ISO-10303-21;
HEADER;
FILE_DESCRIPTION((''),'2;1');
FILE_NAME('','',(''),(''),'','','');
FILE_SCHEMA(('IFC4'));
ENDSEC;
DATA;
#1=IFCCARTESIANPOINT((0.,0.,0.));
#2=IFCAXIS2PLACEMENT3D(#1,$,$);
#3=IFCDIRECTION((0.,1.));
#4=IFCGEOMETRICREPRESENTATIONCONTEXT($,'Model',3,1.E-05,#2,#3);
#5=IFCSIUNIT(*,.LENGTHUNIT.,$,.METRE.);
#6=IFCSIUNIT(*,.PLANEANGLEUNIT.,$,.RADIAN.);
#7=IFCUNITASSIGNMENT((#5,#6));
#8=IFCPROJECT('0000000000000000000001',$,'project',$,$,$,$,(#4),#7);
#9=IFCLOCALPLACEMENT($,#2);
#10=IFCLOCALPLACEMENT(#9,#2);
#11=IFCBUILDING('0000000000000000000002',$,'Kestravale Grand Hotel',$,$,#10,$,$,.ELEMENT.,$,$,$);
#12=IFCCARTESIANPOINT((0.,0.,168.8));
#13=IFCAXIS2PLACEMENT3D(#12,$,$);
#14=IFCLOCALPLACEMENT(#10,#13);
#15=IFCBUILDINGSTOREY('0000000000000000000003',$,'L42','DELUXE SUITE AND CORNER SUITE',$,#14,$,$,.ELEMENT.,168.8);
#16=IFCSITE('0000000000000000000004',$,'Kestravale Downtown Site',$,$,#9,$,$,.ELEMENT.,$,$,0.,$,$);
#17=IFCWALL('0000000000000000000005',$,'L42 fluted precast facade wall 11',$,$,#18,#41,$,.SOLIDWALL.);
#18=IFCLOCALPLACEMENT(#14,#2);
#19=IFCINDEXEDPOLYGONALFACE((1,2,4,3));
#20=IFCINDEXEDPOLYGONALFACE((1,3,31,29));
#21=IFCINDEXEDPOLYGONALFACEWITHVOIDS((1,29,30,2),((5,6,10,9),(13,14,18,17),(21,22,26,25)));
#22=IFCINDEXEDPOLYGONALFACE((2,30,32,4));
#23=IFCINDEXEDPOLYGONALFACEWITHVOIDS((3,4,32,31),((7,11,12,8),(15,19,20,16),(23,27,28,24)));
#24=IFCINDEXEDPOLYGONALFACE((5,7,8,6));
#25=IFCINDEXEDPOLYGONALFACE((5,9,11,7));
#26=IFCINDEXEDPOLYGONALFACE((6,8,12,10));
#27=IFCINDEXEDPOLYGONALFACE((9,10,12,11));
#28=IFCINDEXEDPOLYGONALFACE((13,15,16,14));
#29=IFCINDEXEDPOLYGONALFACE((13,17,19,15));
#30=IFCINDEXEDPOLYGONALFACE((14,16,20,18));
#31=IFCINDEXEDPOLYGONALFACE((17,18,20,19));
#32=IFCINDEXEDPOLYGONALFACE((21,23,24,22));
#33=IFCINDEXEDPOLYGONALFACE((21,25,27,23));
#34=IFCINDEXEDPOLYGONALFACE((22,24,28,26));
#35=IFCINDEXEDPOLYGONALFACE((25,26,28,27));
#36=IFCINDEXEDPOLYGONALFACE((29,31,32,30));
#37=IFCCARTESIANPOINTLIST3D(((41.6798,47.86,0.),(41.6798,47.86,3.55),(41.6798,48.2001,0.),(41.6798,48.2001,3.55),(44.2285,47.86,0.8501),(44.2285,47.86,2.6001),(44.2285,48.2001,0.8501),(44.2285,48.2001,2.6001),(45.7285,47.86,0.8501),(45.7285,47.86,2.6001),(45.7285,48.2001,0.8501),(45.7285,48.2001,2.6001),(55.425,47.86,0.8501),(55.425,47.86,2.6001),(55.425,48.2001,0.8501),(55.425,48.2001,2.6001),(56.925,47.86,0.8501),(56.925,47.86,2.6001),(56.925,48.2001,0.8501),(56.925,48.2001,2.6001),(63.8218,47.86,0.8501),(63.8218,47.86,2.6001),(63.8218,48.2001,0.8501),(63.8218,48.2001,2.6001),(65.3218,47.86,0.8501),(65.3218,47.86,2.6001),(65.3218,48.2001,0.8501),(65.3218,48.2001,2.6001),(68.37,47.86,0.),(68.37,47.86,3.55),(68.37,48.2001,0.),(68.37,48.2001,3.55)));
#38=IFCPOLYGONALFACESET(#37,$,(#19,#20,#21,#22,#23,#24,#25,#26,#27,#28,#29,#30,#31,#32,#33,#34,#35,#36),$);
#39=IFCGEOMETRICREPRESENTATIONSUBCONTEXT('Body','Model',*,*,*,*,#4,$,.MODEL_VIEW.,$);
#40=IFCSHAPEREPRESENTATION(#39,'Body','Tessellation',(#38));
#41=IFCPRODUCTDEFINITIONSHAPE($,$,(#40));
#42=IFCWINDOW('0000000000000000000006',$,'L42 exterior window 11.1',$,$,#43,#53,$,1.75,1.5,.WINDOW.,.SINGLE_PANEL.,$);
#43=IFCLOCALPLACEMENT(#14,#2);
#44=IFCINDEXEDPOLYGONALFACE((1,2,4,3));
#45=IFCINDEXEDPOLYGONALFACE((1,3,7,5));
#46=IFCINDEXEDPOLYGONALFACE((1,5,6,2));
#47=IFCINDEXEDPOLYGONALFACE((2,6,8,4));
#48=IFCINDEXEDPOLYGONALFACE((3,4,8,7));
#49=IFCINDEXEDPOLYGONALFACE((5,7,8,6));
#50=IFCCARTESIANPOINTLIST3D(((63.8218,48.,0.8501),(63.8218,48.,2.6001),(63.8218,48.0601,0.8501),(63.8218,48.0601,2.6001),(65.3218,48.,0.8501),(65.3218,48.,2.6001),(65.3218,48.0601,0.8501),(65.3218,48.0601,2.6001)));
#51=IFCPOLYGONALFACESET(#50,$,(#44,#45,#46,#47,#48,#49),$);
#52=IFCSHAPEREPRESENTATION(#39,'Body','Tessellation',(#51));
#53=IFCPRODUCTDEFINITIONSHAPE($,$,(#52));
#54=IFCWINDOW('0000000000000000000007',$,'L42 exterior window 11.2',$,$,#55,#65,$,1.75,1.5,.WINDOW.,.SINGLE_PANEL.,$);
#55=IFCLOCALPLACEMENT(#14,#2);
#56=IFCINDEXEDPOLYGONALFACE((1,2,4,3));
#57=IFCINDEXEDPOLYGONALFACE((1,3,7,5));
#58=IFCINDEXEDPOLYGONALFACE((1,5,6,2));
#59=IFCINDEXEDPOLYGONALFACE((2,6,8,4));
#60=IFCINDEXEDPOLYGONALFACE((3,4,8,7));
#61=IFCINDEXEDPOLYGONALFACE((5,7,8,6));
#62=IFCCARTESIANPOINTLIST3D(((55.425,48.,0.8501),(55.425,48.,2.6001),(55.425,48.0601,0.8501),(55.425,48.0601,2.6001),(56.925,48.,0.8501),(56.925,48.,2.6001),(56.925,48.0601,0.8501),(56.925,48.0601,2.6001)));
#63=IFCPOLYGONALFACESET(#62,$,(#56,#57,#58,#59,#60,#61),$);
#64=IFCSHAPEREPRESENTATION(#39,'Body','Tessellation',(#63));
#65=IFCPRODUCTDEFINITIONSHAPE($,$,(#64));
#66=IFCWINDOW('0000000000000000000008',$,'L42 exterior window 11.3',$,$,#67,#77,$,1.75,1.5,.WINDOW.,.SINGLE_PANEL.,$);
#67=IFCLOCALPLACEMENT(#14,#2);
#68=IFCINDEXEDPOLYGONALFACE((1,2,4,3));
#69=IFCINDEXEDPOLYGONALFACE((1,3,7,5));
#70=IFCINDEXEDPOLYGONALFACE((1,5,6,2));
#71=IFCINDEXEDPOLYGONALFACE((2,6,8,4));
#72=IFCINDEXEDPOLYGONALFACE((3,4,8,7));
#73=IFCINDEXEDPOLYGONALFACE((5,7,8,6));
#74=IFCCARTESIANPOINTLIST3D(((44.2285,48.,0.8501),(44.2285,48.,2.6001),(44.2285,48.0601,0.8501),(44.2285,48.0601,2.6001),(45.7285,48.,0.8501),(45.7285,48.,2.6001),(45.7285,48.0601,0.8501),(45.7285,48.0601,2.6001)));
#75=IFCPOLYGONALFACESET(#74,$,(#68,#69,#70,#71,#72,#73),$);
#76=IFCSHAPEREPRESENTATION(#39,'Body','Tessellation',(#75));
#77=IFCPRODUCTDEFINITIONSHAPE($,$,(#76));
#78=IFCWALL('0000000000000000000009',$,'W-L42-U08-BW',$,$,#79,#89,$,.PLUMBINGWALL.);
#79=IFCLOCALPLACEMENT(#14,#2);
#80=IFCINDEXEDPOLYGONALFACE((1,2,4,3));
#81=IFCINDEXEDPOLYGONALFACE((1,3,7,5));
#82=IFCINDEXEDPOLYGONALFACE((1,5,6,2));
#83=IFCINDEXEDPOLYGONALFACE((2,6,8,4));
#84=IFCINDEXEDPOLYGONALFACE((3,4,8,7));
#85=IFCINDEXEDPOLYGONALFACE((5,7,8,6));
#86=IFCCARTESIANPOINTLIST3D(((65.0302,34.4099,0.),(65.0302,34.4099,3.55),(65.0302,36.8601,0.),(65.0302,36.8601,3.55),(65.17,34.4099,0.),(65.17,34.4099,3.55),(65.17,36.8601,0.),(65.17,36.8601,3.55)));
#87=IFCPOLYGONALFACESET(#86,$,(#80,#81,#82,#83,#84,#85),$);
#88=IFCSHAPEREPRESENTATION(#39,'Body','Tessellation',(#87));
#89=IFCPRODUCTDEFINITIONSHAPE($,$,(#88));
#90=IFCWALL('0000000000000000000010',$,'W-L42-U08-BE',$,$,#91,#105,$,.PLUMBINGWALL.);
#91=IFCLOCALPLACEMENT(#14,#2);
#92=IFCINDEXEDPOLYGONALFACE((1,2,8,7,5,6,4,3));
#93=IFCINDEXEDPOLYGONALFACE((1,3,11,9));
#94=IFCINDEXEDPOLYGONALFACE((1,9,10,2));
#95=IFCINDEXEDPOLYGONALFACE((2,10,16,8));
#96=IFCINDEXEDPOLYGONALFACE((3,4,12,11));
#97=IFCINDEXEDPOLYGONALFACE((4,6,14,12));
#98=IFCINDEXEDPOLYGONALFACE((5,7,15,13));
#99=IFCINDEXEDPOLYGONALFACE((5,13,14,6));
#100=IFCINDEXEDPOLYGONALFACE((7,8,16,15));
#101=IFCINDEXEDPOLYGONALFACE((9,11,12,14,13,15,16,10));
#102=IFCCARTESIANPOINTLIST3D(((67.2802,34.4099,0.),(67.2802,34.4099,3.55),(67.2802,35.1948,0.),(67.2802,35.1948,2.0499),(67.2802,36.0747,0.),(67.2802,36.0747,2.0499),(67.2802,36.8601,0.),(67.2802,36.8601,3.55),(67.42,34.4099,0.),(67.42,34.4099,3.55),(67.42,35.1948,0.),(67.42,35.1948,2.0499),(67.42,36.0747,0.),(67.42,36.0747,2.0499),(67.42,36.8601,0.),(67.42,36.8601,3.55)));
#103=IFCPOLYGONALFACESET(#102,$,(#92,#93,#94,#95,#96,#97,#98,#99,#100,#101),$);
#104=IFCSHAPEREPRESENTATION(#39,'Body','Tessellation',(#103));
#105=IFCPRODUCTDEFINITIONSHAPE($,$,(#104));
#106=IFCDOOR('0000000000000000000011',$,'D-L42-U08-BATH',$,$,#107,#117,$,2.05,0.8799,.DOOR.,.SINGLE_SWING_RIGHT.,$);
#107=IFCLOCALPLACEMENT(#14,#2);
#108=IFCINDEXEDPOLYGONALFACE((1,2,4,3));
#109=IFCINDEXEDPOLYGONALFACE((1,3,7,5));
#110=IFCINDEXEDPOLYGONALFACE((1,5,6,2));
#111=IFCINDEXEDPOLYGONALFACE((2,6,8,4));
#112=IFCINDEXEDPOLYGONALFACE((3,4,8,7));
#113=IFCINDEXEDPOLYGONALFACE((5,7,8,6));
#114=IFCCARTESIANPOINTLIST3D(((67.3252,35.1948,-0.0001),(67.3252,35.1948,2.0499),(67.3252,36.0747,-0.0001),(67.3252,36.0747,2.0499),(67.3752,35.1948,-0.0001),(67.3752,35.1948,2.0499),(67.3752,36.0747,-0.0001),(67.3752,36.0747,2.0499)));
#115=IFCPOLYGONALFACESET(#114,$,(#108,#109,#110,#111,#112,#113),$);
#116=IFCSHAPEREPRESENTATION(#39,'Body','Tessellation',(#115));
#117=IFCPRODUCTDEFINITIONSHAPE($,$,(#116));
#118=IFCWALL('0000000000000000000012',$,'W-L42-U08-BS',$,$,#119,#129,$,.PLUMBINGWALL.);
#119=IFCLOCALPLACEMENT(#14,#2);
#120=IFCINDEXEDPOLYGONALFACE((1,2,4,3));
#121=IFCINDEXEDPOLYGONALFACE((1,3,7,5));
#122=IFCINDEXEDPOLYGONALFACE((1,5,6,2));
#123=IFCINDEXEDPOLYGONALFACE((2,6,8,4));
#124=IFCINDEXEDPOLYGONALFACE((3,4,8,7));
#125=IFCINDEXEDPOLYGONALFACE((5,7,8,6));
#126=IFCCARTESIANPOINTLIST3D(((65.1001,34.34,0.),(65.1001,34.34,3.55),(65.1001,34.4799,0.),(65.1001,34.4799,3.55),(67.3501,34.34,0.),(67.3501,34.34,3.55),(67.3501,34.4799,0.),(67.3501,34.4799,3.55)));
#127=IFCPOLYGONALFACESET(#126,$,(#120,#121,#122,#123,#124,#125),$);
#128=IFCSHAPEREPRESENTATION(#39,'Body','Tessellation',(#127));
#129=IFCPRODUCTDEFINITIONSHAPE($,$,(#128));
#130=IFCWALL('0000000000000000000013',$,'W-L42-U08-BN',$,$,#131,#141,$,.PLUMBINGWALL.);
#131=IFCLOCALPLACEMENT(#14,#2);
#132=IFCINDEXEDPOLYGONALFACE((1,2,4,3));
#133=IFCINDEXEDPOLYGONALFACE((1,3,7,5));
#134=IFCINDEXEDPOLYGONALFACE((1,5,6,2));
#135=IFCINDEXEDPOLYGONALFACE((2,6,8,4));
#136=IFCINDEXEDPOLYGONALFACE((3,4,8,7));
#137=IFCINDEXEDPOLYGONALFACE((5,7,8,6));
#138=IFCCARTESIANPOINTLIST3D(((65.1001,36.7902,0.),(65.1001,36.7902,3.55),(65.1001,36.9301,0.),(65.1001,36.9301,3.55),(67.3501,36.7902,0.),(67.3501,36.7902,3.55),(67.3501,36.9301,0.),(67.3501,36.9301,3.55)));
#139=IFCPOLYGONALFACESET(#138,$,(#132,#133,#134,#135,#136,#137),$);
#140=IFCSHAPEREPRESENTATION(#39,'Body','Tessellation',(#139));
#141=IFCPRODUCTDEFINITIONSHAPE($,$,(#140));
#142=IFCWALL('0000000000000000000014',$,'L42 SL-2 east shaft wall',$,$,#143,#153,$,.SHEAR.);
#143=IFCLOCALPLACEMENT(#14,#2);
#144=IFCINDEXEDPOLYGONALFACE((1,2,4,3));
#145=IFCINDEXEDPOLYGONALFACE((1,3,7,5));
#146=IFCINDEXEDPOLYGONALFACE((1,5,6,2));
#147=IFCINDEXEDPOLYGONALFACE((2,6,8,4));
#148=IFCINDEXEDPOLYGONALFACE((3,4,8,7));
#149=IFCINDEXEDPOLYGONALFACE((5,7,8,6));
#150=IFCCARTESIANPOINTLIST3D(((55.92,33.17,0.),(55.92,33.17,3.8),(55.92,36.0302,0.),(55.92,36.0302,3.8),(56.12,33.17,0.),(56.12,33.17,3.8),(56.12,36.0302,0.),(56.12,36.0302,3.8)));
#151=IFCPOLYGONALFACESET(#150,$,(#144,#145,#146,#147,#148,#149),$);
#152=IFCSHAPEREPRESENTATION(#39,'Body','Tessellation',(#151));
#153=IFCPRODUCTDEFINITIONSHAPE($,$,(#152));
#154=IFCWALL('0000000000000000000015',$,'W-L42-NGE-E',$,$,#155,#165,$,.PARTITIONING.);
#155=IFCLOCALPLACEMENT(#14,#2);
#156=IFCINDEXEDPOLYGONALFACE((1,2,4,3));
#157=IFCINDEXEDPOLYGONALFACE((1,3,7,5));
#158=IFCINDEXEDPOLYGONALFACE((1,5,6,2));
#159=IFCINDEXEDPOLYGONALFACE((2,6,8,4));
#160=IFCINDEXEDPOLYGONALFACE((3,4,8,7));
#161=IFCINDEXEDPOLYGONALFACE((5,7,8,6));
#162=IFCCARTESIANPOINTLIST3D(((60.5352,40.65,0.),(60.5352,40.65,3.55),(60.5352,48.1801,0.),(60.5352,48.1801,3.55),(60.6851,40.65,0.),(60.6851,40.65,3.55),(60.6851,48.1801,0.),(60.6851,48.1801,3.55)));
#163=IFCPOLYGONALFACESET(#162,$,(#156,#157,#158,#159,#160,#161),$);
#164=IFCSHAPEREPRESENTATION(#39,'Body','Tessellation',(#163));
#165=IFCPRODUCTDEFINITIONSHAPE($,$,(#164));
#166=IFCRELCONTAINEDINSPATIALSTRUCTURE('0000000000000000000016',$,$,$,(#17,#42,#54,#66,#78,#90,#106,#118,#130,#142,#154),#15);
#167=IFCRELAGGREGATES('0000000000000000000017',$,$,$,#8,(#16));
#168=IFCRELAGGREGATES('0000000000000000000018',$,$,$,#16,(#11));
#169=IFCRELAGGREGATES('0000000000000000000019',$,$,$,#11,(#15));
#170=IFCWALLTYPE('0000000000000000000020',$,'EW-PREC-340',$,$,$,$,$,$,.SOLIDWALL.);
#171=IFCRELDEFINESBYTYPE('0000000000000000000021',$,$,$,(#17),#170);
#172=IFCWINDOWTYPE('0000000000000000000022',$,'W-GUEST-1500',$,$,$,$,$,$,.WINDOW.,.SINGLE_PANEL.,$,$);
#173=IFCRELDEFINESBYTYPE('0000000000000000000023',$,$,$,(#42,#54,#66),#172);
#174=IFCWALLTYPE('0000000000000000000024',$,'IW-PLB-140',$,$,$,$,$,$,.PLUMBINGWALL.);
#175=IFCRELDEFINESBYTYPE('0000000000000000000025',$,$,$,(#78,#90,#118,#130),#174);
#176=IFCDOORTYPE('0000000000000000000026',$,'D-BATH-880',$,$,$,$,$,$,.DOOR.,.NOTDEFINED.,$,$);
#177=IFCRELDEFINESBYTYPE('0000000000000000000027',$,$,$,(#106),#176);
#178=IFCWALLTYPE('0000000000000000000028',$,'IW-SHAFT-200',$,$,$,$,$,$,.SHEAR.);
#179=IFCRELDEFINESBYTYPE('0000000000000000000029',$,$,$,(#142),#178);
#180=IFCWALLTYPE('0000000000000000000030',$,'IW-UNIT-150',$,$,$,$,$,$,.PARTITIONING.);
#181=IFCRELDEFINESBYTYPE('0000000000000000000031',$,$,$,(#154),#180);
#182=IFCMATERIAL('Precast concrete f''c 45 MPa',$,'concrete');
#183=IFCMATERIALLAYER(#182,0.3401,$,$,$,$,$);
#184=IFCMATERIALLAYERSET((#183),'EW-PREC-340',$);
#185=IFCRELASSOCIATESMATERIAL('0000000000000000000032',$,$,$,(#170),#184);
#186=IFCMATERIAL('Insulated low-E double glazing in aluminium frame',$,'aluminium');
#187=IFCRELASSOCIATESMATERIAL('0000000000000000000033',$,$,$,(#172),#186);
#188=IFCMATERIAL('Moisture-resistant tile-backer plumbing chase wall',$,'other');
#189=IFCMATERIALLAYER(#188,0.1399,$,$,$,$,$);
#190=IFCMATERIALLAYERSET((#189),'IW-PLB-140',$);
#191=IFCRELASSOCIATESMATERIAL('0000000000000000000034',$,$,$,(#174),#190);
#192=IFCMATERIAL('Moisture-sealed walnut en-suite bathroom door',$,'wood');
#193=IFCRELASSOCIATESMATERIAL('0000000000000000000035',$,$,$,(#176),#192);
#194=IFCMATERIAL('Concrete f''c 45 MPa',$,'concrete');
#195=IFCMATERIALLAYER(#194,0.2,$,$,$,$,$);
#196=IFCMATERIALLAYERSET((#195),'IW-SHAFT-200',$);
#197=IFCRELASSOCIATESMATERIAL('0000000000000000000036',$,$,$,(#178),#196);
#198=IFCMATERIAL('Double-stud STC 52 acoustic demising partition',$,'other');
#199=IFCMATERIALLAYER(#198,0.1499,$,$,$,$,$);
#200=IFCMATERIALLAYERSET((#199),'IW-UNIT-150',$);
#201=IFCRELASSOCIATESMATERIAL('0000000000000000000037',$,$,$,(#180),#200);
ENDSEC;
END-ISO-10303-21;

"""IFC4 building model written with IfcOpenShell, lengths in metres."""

from ifc_helpers import new_model, si_unit, direction, frame, frame_2d, origin, place, context, subcontext, project, spatial, rectangle, extrude, material, layer, layer_set, type_object, element, fill, save


model = new_model("IFC4")

# Units and contexts
model_context = context("Model", 3, precision=1e-05, world=origin(), true_north=direction((0.0, 1.0)))
body_context = subcontext(model_context, "Body", "Model", "MODEL_VIEW")
ifc_project = project(units=[si_unit("LENGTHUNIT", "METRE"), si_unit("PLANEANGLEUNIT", "RADIAN")], contexts=[model_context])

# Site, building, storey
site_placement = place(None, origin())
site = spatial("IfcSite", under=ifc_project, at=site_placement, Name="Kestravale Downtown Site", CompositionType="ELEMENT", RefElevation=0.0)
building_placement = place(site_placement, origin())
building = spatial("IfcBuilding", under=site, at=building_placement, Name="Kestravale Grand Hotel", CompositionType="ELEMENT")
storey_placement = place(building_placement, frame((0.0, 0.0, 168.8)))
storey = spatial("IfcBuildingStorey", under=building, at=storey_placement, Name="L42", Description="DELUXE SUITE AND CORNER SUITE", CompositionType="ELEMENT", Elevation=168.8)

# Shared definitions
ifc_material_1 = material(Name="Precast concrete f'c 45 MPa", Category="concrete")
ifc_layer_1 = layer(ifc_material_1, 0.3401)
ifc_layer_set_1 = layer_set([ifc_layer_1], Name="EW-PREC-340")
wall_type_1 = type_object("IfcWallType", Name="EW-PREC-340", PredefinedType="SOLIDWALL", material=ifc_layer_set_1)
ifc_material_2 = material(Name="Insulated low-E double glazing in aluminium frame", Category="aluminium")
window_type = type_object("IfcWindowType", Name="W-GUEST-1500", PartitioningType="SINGLE_PANEL", PredefinedType="WINDOW", material=ifc_material_2)

# Wall, openings, windows
wall_1_placement = place(storey_placement, frame((68.3701, 48.03, 0.0), z_axis=(0.0, 0.0, 1.0), x_axis=(-1.0, 0.0, 0.0)))
wall_1 = element("IfcWall", 1, at=wall_1_placement, inside=storey, type_object=wall_type_1, Name="L42 fluted precast facade wall 11", PredefinedType="SOLIDWALL", context=body_context, shape_type="SweptSolid", body=[
    extrude(rectangle(XDim=26.6902, YDim=0.3401, at=frame_2d((13.3452, 0.0))), origin(), (0.0, 0.0, 1.0), 3.55),
])
opening_1_placement = place(wall_1_placement, frame((3.0483, 0.0, 0.8501)))
opening_1 = element("IfcOpeningElement", 2, at=opening_1_placement, cuts=wall_1, PredefinedType="OPENING", context=body_context, shape_type="SweptSolid", body=[
    extrude(rectangle(XDim=1.5, YDim=1.75, at=frame_2d((0.75, 0.875))), frame((0.0, 0.1799, 0.0), z_axis=(0.0, -1.0, 0.0), x_axis=(1.0, 0.0, 0.0)), (0.0, 0.0, 1.0), 0.3601),
])
opening_2_placement = place(wall_1_placement, frame((11.4451, 0.0, 0.8501)))
opening_2 = element("IfcOpeningElement", 3, at=opening_2_placement, cuts=wall_1, PredefinedType="OPENING", context=body_context, shape_type="SweptSolid", body=[
    extrude(rectangle(XDim=1.5, YDim=1.75, at=frame_2d((0.75, 0.875))), frame((0.0, 0.1799, 0.0), z_axis=(0.0, -1.0, 0.0), x_axis=(1.0, 0.0, 0.0)), (0.0, 0.0, 1.0), 0.3601),
])
opening_3_placement = place(wall_1_placement, frame((22.6416, 0.0, 0.8501)))
opening_3 = element("IfcOpeningElement", 4, at=opening_3_placement, cuts=wall_1, PredefinedType="OPENING", context=body_context, shape_type="SweptSolid", body=[
    extrude(rectangle(XDim=1.5, YDim=1.75, at=frame_2d((0.75, 0.875))), frame((0.0, 0.1799, 0.0), z_axis=(0.0, -1.0, 0.0), x_axis=(1.0, 0.0, 0.0)), (0.0, 0.0, 1.0), 0.3601),
])
window_1_placement = place(opening_1_placement, origin())
window_1 = element("IfcWindow", 5, at=window_1_placement, inside=storey, type_object=window_type, Name="L42 exterior window 11.1", OverallHeight=1.75, OverallWidth=1.5, PartitioningType="SINGLE_PANEL", PredefinedType="WINDOW", context=body_context, shape_type="SweptSolid", body=[
    extrude(rectangle(XDim=1.5, YDim=1.75, at=frame_2d((0.75, 0.875))), frame((0.0, 0.03, 0.0), z_axis=(0.0, -1.0, 0.0), x_axis=(1.0, 0.0, 0.0)), (0.0, 0.0, 1.0), 0.0601),
])
fill(opening_1, window_1)
window_2_placement = place(opening_2_placement, origin())
window_2 = element("IfcWindow", 6, at=window_2_placement, inside=storey, type_object=window_type, Name="L42 exterior window 11.2", OverallHeight=1.75, OverallWidth=1.5, PartitioningType="SINGLE_PANEL", PredefinedType="WINDOW", context=body_context, shape_type="SweptSolid", body=[
    extrude(rectangle(XDim=1.5, YDim=1.75, at=frame_2d((0.75, 0.875))), frame((0.0, 0.03, 0.0), z_axis=(0.0, -1.0, 0.0), x_axis=(1.0, 0.0, 0.0)), (0.0, 0.0, 1.0), 0.0601),
])
fill(opening_2, window_2)
window_3_placement = place(opening_3_placement, origin())
window_3 = element("IfcWindow", 7, at=window_3_placement, inside=storey, type_object=window_type, Name="L42 exterior window 11.3", OverallHeight=1.75, OverallWidth=1.5, PartitioningType="SINGLE_PANEL", PredefinedType="WINDOW", context=body_context, shape_type="SweptSolid", body=[
    extrude(rectangle(XDim=1.5, YDim=1.75, at=frame_2d((0.75, 0.875))), frame((0.0, 0.03, 0.0), z_axis=(0.0, -1.0, 0.0), x_axis=(1.0, 0.0, 0.0)), (0.0, 0.0, 1.0), 0.0601),
])
fill(opening_3, window_3)

# Wall
ifc_material_3 = material(Name="Moisture-resistant tile-backer plumbing chase wall", Category="other")
ifc_layer_2 = layer(ifc_material_3, 0.1399)
ifc_layer_set_2 = layer_set([ifc_layer_2], Name="IW-PLB-140")
wall_type_2 = type_object("IfcWallType", Name="IW-PLB-140", PredefinedType="PLUMBINGWALL", material=ifc_layer_set_2)
wall_2_placement = place(storey_placement, frame((65.1001, 34.4099, 0.0), z_axis=(0.0, 0.0, 1.0), x_axis=(0.0, 1.0, 0.0)))
element("IfcWall", 8, at=wall_2_placement, inside=storey, type_object=wall_type_2, Name="W-L42-U08-BW", PredefinedType="PLUMBINGWALL", context=body_context, shape_type="SweptSolid", body=[
    extrude(rectangle(XDim=2.4502, YDim=0.1399, at=frame_2d((1.2251, 0.0))), origin(), (0.0, 0.0, 1.0), 3.55),
])

# Wall, opening, door
wall_3_placement = place(storey_placement, frame((67.3501, 34.4099, 0.0), z_axis=(0.0, 0.0, 1.0), x_axis=(0.0, 1.0, 0.0)))
wall_3 = element("IfcWall", 9, at=wall_3_placement, inside=storey, type_object=wall_type_2, Name="W-L42-U08-BE", PredefinedType="PLUMBINGWALL", context=body_context, shape_type="SweptSolid", body=[
    extrude(rectangle(XDim=2.4502, YDim=0.1399, at=frame_2d((1.2251, 0.0))), origin(), (0.0, 0.0, 1.0), 3.55),
])
opening_4_placement = place(wall_3_placement, frame((0.7849, 0.0, 0.0)))
opening_4 = element("IfcOpeningElement", 10, at=opening_4_placement, cuts=wall_3, PredefinedType="OPENING", context=body_context, shape_type="SweptSolid", body=[
    extrude(rectangle(XDim=0.8799, YDim=2.05, at=frame_2d((0.4399, 1.0249))), frame((0.0, 0.0798, 0.0), z_axis=(0.0, -1.0, 0.0), x_axis=(1.0, 0.0, 0.0)), (0.0, 0.0, 1.0), 0.1599),
])
ifc_material_4 = material(Name="Moisture-sealed walnut en-suite bathroom door", Category="wood")
door_type_1 = type_object("IfcDoorType", Name="D-BATH-880", OperationType="NOTDEFINED", PredefinedType="DOOR", material=ifc_material_4)
door_1_placement = place(opening_4_placement, origin())
door_1 = element("IfcDoor", 11, at=door_1_placement, inside=storey, type_object=door_type_1, Name="D-L42-U08-BATH", OperationType="SINGLE_SWING_RIGHT", OverallHeight=2.05, OverallWidth=0.8799, PredefinedType="DOOR", context=body_context, shape_type="SweptSolid", body=[
    extrude(rectangle(XDim=0.8799, YDim=2.05, at=frame_2d((0.4399, 1.0249))), frame((0.0, 0.0249, 0.0), z_axis=(0.0, -1.0, 0.0), x_axis=(1.0, 0.0, 0.0)), (0.0, 0.0, 1.0), 0.05),
])
fill(opening_4, door_1)

# Walls
for number, where, z_axis, x_axis, name in (
    (12, (65.1001, 34.4099, 0.0), (0.0, 0.0, 1.0), (1.0, 0.0, 0.0), "W-L42-U08-BS"),
    (13, (65.1001, 36.8601, 0.0), (0.0, 0.0, 1.0), (1.0, 0.0, 0.0), "W-L42-U08-BN"),
):
    element("IfcWall", number, at=place(storey_placement, frame(where, z_axis=z_axis, x_axis=x_axis)), inside=storey, type_object=wall_type_2, Name=name, PredefinedType="PLUMBINGWALL", context=body_context, shape_type="SweptSolid", body=[
        extrude(rectangle(XDim=2.25, YDim=0.1399, at=frame_2d((1.125, 0.0))), origin(), (0.0, 0.0, 1.0), 3.55),
    ])
ifc_material_5 = material(Name="Concrete f'c 45 MPa", Category="concrete")
ifc_layer_3 = layer(ifc_material_5, 0.2)
ifc_layer_set_3 = layer_set([ifc_layer_3], Name="IW-SHAFT-200")
wall_type_3 = type_object("IfcWallType", Name="IW-SHAFT-200", PredefinedType="SHEAR", material=ifc_layer_set_3)
wall_4_placement = place(storey_placement, frame((56.02, 33.1699, 0.0), z_axis=(0.0, 0.0, 1.0), x_axis=(0.0, 1.0, 0.0)))
element("IfcWall", 14, at=wall_4_placement, inside=storey, type_object=wall_type_3, Name="L42 SL-2 east shaft wall", PredefinedType="SHEAR", context=body_context, shape_type="SweptSolid", body=[
    extrude(rectangle(XDim=2.8601, YDim=0.2, at=frame_2d((1.4302, 0.0))), origin(), (0.0, 0.0, 1.0), 3.8),
])

# Shared definitions
ifc_material_6 = material(Name="Double-stud STC 52 acoustic demising partition", Category="other")
ifc_layer_4 = layer(ifc_material_6, 0.1499)
ifc_layer_set_4 = layer_set([ifc_layer_4], Name="IW-UNIT-150")
wall_type_4 = type_object("IfcWallType", Name="IW-UNIT-150", PredefinedType="PARTITIONING", material=ifc_layer_set_4)

# Wall
wall_5_placement = place(storey_placement, frame((60.6101, 40.6499, 0.0), z_axis=(0.0, 0.0, 1.0), x_axis=(0.0, 1.0, 0.0)))
element("IfcWall", 15, at=wall_5_placement, inside=storey, type_object=wall_type_4, Name="W-L42-NGE-E", PredefinedType="PARTITIONING", context=body_context, shape_type="SweptSolid", body=[
    extrude(rectangle(XDim=7.53, YDim=0.1499, at=frame_2d((3.7651, 0.0))), origin(), (0.0, 0.0, 1.0), 3.55),
])

save(model, "model.ifc")
